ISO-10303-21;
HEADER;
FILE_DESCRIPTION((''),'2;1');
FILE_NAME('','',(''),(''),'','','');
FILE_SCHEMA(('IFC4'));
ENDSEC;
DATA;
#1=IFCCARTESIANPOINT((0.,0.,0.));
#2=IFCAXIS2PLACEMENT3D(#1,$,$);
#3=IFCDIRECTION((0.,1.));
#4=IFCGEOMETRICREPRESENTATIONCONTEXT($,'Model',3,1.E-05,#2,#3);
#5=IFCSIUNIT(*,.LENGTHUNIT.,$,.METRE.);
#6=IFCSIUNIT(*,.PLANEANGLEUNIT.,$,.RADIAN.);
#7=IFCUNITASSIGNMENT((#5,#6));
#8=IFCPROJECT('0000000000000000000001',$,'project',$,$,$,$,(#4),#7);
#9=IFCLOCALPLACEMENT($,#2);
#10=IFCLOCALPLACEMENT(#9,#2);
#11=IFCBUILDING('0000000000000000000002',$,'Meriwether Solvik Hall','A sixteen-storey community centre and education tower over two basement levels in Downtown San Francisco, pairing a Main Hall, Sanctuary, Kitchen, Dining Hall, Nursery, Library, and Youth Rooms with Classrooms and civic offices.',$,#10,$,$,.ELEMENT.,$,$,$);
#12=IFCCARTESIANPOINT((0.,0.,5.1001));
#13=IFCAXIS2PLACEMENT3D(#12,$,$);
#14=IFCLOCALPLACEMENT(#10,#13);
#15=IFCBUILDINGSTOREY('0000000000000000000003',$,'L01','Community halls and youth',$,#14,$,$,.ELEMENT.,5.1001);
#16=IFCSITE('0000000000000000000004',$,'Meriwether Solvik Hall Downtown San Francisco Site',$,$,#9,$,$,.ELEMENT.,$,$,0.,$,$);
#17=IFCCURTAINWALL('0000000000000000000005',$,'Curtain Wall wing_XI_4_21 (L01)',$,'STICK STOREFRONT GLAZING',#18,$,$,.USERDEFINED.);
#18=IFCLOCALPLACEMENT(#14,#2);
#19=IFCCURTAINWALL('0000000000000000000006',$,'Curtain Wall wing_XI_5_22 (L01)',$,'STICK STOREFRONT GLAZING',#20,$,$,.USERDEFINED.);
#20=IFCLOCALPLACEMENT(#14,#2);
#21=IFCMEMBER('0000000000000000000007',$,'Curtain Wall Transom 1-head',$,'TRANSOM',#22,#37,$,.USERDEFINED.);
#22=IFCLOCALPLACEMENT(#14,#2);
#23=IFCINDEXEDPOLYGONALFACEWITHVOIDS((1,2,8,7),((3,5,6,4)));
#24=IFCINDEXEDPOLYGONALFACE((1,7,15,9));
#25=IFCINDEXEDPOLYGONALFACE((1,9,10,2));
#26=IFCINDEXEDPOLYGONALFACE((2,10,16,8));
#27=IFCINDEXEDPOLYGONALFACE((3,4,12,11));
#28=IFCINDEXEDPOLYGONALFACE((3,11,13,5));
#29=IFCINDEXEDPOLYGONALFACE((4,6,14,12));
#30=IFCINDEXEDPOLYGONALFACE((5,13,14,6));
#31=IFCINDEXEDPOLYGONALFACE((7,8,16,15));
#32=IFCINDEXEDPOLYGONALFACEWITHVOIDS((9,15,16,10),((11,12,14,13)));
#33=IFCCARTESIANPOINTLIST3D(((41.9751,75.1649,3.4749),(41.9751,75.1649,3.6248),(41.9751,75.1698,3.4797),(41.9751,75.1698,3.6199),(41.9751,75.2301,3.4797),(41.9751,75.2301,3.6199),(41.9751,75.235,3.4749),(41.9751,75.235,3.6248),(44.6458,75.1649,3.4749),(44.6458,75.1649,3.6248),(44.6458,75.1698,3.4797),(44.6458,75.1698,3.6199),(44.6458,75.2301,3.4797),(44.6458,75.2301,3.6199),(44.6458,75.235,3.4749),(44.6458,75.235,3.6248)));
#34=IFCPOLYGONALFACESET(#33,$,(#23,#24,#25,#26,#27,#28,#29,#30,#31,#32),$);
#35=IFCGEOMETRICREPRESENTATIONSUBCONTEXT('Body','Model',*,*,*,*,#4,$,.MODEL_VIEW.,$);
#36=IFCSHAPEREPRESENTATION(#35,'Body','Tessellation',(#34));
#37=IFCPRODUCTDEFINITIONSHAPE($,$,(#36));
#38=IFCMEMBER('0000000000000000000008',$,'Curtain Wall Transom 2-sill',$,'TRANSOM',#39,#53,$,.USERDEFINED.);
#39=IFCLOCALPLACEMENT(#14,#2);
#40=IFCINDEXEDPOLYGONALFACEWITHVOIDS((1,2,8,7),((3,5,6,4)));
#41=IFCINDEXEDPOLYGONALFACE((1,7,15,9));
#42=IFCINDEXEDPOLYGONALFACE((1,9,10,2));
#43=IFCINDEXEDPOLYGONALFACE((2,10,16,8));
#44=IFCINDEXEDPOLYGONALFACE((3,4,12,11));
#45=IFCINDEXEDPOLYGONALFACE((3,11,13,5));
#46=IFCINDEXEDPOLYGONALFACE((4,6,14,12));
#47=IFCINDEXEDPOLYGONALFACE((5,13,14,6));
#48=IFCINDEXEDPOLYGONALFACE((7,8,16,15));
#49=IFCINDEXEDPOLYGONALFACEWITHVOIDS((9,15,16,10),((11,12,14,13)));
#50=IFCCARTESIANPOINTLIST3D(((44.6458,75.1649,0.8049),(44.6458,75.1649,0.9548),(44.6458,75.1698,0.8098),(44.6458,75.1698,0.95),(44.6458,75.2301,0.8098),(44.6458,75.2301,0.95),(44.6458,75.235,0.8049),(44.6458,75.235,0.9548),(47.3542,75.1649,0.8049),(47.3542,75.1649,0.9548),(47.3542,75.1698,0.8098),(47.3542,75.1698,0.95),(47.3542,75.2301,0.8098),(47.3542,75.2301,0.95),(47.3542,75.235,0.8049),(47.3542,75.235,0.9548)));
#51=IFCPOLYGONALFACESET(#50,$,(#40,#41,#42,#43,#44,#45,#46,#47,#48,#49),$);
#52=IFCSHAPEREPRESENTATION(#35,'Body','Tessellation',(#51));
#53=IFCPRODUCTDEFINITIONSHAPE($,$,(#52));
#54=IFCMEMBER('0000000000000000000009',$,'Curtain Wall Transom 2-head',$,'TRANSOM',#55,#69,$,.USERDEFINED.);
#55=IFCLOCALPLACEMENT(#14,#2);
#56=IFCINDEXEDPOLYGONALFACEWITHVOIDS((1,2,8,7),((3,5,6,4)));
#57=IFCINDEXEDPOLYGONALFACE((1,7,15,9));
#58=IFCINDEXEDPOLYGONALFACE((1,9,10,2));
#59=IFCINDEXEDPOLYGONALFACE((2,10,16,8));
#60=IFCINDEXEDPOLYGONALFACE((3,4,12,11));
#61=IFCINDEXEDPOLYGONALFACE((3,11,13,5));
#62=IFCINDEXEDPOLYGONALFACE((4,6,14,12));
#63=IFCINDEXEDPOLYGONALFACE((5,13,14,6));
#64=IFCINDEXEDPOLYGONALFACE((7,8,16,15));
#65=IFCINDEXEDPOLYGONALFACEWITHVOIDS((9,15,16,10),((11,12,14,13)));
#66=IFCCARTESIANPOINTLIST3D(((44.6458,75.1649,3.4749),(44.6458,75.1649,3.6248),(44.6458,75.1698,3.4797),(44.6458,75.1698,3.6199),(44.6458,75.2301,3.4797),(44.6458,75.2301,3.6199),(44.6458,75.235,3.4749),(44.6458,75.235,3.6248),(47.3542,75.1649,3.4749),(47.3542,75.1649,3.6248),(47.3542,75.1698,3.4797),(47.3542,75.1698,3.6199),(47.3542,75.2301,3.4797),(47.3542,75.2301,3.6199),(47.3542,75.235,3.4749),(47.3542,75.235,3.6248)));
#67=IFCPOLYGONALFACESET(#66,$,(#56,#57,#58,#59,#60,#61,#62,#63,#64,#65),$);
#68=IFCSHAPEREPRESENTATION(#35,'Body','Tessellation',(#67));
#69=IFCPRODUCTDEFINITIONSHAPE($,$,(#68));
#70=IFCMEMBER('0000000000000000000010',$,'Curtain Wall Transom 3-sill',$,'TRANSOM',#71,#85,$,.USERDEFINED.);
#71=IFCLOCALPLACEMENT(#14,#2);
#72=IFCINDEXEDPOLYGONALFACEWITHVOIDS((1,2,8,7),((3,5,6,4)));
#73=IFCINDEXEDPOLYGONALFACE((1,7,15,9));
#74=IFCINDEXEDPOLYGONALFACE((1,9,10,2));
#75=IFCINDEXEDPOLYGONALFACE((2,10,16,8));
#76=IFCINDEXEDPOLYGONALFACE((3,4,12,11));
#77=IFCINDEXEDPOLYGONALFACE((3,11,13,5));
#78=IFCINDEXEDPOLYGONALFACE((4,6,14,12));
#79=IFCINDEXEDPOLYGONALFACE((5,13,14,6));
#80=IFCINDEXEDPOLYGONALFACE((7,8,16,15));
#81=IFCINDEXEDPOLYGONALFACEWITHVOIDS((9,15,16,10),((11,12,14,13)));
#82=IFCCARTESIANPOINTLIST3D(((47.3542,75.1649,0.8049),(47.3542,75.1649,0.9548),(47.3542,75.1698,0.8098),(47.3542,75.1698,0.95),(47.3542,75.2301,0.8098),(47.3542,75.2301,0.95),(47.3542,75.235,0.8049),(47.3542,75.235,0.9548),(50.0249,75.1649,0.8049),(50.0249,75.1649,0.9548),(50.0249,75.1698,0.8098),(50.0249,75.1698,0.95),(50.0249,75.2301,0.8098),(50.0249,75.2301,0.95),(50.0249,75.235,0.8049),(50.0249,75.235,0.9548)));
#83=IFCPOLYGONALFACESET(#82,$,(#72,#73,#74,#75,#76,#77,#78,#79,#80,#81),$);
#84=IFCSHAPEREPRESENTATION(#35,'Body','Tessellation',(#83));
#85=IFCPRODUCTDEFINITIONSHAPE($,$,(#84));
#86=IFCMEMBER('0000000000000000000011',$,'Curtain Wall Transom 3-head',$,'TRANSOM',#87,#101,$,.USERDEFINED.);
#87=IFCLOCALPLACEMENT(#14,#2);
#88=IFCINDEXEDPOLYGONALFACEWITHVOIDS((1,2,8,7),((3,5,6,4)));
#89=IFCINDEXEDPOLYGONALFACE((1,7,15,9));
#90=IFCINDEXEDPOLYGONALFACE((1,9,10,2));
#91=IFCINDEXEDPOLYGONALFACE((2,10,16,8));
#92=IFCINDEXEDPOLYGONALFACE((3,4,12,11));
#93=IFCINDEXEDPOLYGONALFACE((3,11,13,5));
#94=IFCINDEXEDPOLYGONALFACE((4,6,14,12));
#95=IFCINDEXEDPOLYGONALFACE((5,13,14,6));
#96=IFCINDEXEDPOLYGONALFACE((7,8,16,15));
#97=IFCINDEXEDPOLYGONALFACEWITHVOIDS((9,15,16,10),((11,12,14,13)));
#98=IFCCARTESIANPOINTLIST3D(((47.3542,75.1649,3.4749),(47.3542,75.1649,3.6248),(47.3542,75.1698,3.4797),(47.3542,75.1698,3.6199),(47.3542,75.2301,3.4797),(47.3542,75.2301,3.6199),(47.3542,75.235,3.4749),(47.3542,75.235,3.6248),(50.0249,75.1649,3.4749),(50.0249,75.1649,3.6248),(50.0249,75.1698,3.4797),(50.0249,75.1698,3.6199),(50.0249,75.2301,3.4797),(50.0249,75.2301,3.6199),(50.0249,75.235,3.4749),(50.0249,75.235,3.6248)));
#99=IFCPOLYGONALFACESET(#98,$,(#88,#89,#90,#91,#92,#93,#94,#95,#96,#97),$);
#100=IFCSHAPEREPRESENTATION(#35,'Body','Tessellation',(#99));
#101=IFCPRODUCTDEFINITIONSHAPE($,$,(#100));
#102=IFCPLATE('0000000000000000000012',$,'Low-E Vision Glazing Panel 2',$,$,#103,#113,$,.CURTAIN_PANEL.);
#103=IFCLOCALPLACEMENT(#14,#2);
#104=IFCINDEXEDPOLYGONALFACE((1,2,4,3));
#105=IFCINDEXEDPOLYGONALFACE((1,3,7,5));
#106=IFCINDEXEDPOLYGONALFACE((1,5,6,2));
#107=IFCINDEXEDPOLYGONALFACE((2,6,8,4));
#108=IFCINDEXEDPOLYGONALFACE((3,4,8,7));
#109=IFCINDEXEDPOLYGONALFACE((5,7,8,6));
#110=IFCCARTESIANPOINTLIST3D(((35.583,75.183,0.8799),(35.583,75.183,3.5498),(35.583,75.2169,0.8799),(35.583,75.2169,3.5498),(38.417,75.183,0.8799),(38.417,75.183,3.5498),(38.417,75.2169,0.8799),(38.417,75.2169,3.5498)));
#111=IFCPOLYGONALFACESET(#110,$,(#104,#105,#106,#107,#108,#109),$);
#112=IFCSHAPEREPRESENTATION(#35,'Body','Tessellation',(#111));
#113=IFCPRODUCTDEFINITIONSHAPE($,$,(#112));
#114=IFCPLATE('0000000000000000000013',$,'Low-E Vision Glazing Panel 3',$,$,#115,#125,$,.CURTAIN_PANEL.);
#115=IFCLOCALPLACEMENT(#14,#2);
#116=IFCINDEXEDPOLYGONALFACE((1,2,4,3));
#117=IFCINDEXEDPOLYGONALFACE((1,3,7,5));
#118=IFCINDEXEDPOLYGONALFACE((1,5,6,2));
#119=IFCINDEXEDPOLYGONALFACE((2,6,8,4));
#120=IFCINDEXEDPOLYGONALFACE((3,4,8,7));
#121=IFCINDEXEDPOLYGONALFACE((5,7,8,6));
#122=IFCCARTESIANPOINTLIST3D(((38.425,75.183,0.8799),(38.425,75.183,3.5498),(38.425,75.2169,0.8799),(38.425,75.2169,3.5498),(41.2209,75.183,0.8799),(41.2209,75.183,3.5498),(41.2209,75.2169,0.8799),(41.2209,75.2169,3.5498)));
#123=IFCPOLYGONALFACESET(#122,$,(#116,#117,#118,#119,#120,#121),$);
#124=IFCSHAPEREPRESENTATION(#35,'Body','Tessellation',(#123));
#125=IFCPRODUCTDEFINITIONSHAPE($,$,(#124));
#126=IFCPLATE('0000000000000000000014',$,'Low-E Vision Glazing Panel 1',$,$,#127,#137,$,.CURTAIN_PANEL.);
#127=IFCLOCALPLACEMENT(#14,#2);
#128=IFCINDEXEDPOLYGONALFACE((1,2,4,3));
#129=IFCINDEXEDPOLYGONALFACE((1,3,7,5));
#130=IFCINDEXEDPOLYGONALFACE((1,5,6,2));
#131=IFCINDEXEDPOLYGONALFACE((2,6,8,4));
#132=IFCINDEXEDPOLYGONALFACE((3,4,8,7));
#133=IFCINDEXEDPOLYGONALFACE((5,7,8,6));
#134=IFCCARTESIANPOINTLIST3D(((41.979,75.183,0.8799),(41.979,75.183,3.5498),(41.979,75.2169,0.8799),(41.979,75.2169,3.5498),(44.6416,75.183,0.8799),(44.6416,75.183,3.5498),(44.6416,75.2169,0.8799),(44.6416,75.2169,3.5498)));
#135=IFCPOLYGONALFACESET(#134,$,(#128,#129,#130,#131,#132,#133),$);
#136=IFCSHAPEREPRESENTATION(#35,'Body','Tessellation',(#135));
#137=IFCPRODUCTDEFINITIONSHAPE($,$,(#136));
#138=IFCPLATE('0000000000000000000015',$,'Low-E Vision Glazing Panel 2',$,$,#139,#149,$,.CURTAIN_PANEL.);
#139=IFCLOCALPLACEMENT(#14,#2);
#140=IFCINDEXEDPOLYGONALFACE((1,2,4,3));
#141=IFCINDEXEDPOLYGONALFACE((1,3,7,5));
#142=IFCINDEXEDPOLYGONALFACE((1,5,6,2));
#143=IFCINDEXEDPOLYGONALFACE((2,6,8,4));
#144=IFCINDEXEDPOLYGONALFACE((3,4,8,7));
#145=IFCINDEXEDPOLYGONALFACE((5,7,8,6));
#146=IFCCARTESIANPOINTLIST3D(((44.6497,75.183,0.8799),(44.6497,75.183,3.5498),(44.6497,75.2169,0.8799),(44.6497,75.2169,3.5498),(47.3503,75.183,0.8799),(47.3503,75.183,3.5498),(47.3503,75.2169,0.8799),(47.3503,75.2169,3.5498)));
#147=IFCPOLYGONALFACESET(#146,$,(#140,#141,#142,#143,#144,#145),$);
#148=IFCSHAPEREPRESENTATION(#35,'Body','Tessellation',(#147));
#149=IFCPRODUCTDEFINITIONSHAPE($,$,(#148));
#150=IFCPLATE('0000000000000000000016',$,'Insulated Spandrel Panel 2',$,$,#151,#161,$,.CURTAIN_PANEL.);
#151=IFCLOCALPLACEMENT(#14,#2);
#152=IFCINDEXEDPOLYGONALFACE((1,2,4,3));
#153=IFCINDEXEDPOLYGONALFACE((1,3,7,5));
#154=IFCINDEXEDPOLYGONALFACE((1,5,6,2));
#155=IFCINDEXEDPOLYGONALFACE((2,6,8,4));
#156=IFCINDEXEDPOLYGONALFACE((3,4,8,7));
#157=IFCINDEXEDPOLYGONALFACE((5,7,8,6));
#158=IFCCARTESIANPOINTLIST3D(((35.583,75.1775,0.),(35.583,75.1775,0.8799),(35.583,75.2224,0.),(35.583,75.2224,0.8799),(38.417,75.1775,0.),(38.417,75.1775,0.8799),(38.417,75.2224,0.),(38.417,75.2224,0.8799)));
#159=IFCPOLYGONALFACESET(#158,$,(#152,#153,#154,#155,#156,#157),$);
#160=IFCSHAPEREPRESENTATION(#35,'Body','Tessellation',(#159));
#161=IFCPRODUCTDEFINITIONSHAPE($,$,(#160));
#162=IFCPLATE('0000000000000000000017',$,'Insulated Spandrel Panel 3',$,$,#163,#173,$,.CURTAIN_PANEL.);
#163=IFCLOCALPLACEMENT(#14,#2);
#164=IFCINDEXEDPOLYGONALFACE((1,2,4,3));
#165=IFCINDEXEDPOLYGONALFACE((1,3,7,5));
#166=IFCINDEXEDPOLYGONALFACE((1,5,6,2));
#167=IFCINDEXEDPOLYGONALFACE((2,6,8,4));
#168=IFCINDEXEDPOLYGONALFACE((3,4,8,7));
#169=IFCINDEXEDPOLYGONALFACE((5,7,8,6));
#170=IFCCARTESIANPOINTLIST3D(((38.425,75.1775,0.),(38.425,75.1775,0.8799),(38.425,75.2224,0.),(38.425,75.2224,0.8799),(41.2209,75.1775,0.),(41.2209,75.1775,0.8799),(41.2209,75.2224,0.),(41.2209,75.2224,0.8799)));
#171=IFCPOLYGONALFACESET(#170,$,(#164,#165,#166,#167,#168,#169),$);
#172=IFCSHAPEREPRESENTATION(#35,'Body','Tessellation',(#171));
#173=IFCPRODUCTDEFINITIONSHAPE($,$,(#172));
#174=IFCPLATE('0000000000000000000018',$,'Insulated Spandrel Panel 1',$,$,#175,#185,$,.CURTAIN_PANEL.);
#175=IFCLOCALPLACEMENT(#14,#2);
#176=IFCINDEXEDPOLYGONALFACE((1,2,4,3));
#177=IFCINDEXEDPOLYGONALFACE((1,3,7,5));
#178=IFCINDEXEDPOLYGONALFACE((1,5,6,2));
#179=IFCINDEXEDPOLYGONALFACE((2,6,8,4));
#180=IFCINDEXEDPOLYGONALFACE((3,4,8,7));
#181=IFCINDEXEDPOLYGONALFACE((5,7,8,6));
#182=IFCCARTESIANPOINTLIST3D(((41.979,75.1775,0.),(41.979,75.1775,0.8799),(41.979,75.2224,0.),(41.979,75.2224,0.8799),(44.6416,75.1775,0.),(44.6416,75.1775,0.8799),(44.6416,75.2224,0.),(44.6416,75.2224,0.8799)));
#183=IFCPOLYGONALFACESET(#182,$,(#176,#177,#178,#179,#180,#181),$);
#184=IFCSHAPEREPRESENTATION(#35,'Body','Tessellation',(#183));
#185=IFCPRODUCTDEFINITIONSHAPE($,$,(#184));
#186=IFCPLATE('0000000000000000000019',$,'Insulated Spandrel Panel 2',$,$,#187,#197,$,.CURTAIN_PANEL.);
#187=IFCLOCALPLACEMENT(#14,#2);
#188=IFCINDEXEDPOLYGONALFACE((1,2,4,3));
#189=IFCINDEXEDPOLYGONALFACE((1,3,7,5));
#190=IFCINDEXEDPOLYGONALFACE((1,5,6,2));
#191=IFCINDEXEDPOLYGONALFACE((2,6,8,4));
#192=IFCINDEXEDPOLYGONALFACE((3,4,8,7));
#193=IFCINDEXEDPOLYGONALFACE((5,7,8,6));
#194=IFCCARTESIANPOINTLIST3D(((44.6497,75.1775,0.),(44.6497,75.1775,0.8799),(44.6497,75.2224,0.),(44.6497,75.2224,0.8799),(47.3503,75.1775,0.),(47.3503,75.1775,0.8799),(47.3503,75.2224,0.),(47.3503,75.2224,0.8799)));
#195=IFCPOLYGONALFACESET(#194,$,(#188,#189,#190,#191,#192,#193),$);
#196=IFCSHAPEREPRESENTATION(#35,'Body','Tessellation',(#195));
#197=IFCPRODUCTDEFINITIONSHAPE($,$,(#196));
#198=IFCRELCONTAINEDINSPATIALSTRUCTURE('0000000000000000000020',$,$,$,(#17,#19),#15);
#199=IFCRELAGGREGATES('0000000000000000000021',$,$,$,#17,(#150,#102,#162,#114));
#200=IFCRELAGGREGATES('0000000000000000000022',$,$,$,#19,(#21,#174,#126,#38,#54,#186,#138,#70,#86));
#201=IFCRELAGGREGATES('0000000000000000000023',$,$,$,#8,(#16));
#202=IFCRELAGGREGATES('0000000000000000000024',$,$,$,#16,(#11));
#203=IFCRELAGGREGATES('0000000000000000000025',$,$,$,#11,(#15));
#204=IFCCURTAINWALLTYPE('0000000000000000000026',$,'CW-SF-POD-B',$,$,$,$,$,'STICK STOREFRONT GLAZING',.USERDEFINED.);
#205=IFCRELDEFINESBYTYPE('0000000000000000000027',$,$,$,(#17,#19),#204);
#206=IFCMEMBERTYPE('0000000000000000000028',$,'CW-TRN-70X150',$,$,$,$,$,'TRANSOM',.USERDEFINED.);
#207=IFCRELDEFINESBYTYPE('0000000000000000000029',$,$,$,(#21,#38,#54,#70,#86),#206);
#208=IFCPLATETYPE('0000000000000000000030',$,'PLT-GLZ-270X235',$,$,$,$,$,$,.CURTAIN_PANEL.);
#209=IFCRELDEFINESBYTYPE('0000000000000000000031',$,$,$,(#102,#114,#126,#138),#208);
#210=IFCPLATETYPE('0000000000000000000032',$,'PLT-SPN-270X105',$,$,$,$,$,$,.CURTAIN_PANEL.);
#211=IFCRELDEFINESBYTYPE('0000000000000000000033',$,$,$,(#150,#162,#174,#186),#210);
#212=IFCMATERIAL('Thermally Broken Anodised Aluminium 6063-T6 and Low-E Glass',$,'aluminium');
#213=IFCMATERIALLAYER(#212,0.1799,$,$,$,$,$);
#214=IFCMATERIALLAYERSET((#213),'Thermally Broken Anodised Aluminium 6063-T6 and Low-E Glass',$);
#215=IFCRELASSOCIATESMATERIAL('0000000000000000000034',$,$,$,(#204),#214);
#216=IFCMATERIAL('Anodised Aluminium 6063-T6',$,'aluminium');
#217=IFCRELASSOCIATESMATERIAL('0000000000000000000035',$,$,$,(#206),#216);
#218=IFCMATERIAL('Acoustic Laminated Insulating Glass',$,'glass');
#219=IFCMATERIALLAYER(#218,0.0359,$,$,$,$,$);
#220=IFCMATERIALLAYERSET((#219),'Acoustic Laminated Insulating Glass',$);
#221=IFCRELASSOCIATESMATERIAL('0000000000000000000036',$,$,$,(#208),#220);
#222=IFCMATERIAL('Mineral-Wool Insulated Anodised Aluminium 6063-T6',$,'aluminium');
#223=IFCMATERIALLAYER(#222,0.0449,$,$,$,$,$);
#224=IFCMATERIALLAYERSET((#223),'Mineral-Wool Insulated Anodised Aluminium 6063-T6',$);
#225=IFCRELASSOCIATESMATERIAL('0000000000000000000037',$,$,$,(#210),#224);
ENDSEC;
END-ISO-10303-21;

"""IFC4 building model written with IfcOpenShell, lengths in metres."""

from ifc_helpers import new_model, si_unit, direction, frame, origin, origin_2d, place, context, subcontext, project, spatial, rectangle, hollow_rectangle, extrude, material, layer, layer_set, material_profile, profile_set, type_object, element, aggregate, save


model = new_model("IFC4")

# Units and contexts
model_context = context("Model", 3, precision=1e-05, world=origin(), true_north=direction((0.0, 1.0)))
body_context = subcontext(model_context, "Body", "Model", "MODEL_VIEW")
ifc_project = project(units=[si_unit("LENGTHUNIT", "METRE"), si_unit("PLANEANGLEUNIT", "RADIAN")], contexts=[model_context])

# Site, building, storey
site_placement = place(None, origin())
site = spatial("IfcSite", under=ifc_project, at=site_placement, Name="Meriwether Solvik Hall Downtown San Francisco Site", CompositionType="ELEMENT", RefElevation=0.0)
building_placement = place(site_placement, origin())
building = spatial("IfcBuilding", under=site, at=building_placement, Name="Meriwether Solvik Hall", Description="A sixteen-storey community centre and education tower over two basement levels in Downtown San Francisco, pairing a Main Hall, Sanctuary, Kitchen, Dining Hall, Nursery, Library, and Youth Rooms with Classrooms and civic offices.", CompositionType="ELEMENT")
storey_placement = place(building_placement, frame((0.0, 0.0, 5.1001)))
storey = spatial("IfcBuildingStorey", under=building, at=storey_placement, Name="L01", Description="Community halls and youth", CompositionType="ELEMENT", Elevation=5.1001)

# Curtain walls
ifc_material_1 = material(Name="Thermally Broken Anodised Aluminium 6063-T6 and Low-E Glass", Category="aluminium")
ifc_layer_1 = layer(ifc_material_1, 0.1799)
ifc_layer_set_1 = layer_set([ifc_layer_1], Name="Thermally Broken Anodised Aluminium 6063-T6 and Low-E Glass")
curtain_wall_type = type_object("IfcCurtainWallType", Name="CW-SF-POD-B", ElementType="STICK STOREFRONT GLAZING", PredefinedType="USERDEFINED", material=ifc_layer_set_1)
curtain_wall_1_placement = place(storey_placement, origin())
curtain_wall_1 = element("IfcCurtainWall", 1, at=curtain_wall_1_placement, inside=storey, type_object=curtain_wall_type, Name="Curtain Wall wing_XI_4_21 (L01)", ObjectType="STICK STOREFRONT GLAZING", PredefinedType="USERDEFINED")
curtain_wall_2_placement = place(storey_placement, origin())
curtain_wall_2 = element("IfcCurtainWall", 2, at=curtain_wall_2_placement, inside=storey, type_object=curtain_wall_type, Name="Curtain Wall wing_XI_5_22 (L01)", ObjectType="STICK STOREFRONT GLAZING", PredefinedType="USERDEFINED")

# Members
ifc_material_2 = material(Name="Anodised Aluminium 6063-T6", Category="aluminium")
ifc_material_profile_1 = material_profile(ifc_material_2, hollow_rectangle(XDim=0.0701, YDim=0.1499, WallThickness=0.0049, at=origin_2d()), Name="CWT-70X150")
ifc_profile_set_1 = profile_set([ifc_material_profile_1], Name="Anodised Aluminium 6063-T6")
member_type_1 = type_object("IfcMemberType", Name="CW-TRN-70X150", ElementType="TRANSOM", PredefinedType="USERDEFINED", material=ifc_profile_set_1)
member_1_placement = place(storey_placement, frame((41.9751, 75.2, 3.5498), z_axis=(1.0, 0.0, 0.0), x_axis=(0.0, 1.0, 0.0)))
member_1 = element("IfcMember", 3, at=member_1_placement, type_object=member_type_1, Name="Curtain Wall Transom 1-head", ObjectType="TRANSOM", PredefinedType="USERDEFINED", context=body_context, shape_type="SweptSolid", body=[
    extrude(hollow_rectangle(XDim=0.0701, YDim=0.1499, WallThickness=0.0049, at=origin_2d()), origin(), (0.0, 0.0, 1.0), 2.6707),
])
member_2_placement = place(storey_placement, frame((44.6458, 75.2, 0.8799), z_axis=(1.0, 0.0, 0.0), x_axis=(0.0, 1.0, 0.0)))
member_2 = element("IfcMember", 4, at=member_2_placement, type_object=member_type_1, Name="Curtain Wall Transom 2-sill", ObjectType="TRANSOM", PredefinedType="USERDEFINED", context=body_context, shape_type="SweptSolid", body=[
    extrude(hollow_rectangle(XDim=0.0701, YDim=0.1499, WallThickness=0.0049, at=origin_2d()), origin(), (0.0, 0.0, 1.0), 2.7085),
])
member_3_placement = place(storey_placement, frame((44.6458, 75.2, 3.5498), z_axis=(1.0, 0.0, 0.0), x_axis=(0.0, 1.0, 0.0)))
member_3 = element("IfcMember", 5, at=member_3_placement, type_object=member_type_1, Name="Curtain Wall Transom 2-head", ObjectType="TRANSOM", PredefinedType="USERDEFINED", context=body_context, shape_type="SweptSolid", body=[
    extrude(hollow_rectangle(XDim=0.0701, YDim=0.1499, WallThickness=0.0049, at=origin_2d()), origin(), (0.0, 0.0, 1.0), 2.7085),
])
member_4_placement = place(storey_placement, frame((47.3542, 75.2, 0.8799), z_axis=(1.0, 0.0, 0.0), x_axis=(0.0, 1.0, 0.0)))
member_4 = element("IfcMember", 6, at=member_4_placement, type_object=member_type_1, Name="Curtain Wall Transom 3-sill", ObjectType="TRANSOM", PredefinedType="USERDEFINED", context=body_context, shape_type="SweptSolid", body=[
    extrude(hollow_rectangle(XDim=0.0701, YDim=0.1499, WallThickness=0.0049, at=origin_2d()), origin(), (0.0, 0.0, 1.0), 2.6707),
])
member_5_placement = place(storey_placement, frame((47.3542, 75.2, 3.5498), z_axis=(1.0, 0.0, 0.0), x_axis=(0.0, 1.0, 0.0)))
member_5 = element("IfcMember", 7, at=member_5_placement, type_object=member_type_1, Name="Curtain Wall Transom 3-head", ObjectType="TRANSOM", PredefinedType="USERDEFINED", context=body_context, shape_type="SweptSolid", body=[
    extrude(hollow_rectangle(XDim=0.0701, YDim=0.1499, WallThickness=0.0049, at=origin_2d()), origin(), (0.0, 0.0, 1.0), 2.6707),
])

# Plates
ifc_material_3 = material(Name="Acoustic Laminated Insulating Glass", Category="glass")
ifc_layer_2 = layer(ifc_material_3, 0.0359)
ifc_layer_set_2 = layer_set([ifc_layer_2], Name="Acoustic Laminated Insulating Glass")
plate_type_1 = type_object("IfcPlateType", Name="PLT-GLZ-270X235", PredefinedType="CURTAIN_PANEL", material=ifc_layer_set_2)
plate_1_placement = place(storey_placement, frame((37.0, 75.2, 0.8799), z_axis=(0.0, 0.0, 1.0), x_axis=(1.0, 0.0, 0.0)))
plate_1 = element("IfcPlate", 8, at=plate_1_placement, type_object=plate_type_1, Name="Low-E Vision Glazing Panel 2", PredefinedType="CURTAIN_PANEL", context=body_context, shape_type="SweptSolid", body=[
    extrude(rectangle(XDim=2.834, YDim=0.0339, at=origin_2d()), origin(), (0.0, 0.0, 1.0), 2.6699),
])
plate_2_placement = place(storey_placement, frame((39.823, 75.2, 0.8799), z_axis=(0.0, 0.0, 1.0), x_axis=(1.0, 0.0, 0.0)))
plate_2 = element("IfcPlate", 9, at=plate_2_placement, type_object=plate_type_1, Name="Low-E Vision Glazing Panel 3", PredefinedType="CURTAIN_PANEL", context=body_context, shape_type="SweptSolid", body=[
    extrude(rectangle(XDim=2.7959, YDim=0.0339, at=origin_2d()), origin(), (0.0, 0.0, 1.0), 2.6699),
])
plate_3_placement = place(storey_placement, frame((43.3103, 75.2, 0.8799), z_axis=(0.0, 0.0, 1.0), x_axis=(1.0, 0.0, 0.0)))
plate_3 = element("IfcPlate", 10, at=plate_3_placement, type_object=plate_type_1, Name="Low-E Vision Glazing Panel 1", PredefinedType="CURTAIN_PANEL", context=body_context, shape_type="SweptSolid", body=[
    extrude(rectangle(XDim=2.6626, YDim=0.0339, at=origin_2d()), origin(), (0.0, 0.0, 1.0), 2.6699),
])
plate_4_placement = place(storey_placement, frame((46.0, 75.2, 0.8799), z_axis=(0.0, 0.0, 1.0), x_axis=(1.0, 0.0, 0.0)))
plate_4 = element("IfcPlate", 11, at=plate_4_placement, type_object=plate_type_1, Name="Low-E Vision Glazing Panel 2", PredefinedType="CURTAIN_PANEL", context=body_context, shape_type="SweptSolid", body=[
    extrude(rectangle(XDim=2.7007, YDim=0.0339, at=origin_2d()), origin(), (0.0, 0.0, 1.0), 2.6699),
])
ifc_material_4 = material(Name="Mineral-Wool Insulated Anodised Aluminium 6063-T6", Category="aluminium")
ifc_layer_3 = layer(ifc_material_4, 0.0449)
ifc_layer_set_3 = layer_set([ifc_layer_3], Name="Mineral-Wool Insulated Anodised Aluminium 6063-T6")
plate_type_2 = type_object("IfcPlateType", Name="PLT-SPN-270X105", PredefinedType="CURTAIN_PANEL", material=ifc_layer_set_3)
plate_5_placement = place(storey_placement, frame((37.0, 75.2, 0.0), z_axis=(0.0, 0.0, 1.0), x_axis=(1.0, 0.0, 0.0)))
plate_5 = element("IfcPlate", 12, at=plate_5_placement, type_object=plate_type_2, Name="Insulated Spandrel Panel 2", PredefinedType="CURTAIN_PANEL", context=body_context, shape_type="SweptSolid", body=[
    extrude(rectangle(XDim=2.834, YDim=0.0449, at=origin_2d()), origin(), (0.0, 0.0, 1.0), 0.8799),
])
plate_6_placement = place(storey_placement, frame((39.823, 75.2, 0.0), z_axis=(0.0, 0.0, 1.0), x_axis=(1.0, 0.0, 0.0)))
plate_6 = element("IfcPlate", 13, at=plate_6_placement, type_object=plate_type_2, Name="Insulated Spandrel Panel 3", PredefinedType="CURTAIN_PANEL", context=body_context, shape_type="SweptSolid", body=[
    extrude(rectangle(XDim=2.7959, YDim=0.0449, at=origin_2d()), origin(), (0.0, 0.0, 1.0), 0.8799),
])
aggregate(curtain_wall_1, [plate_5, plate_1, plate_6, plate_2])
plate_7_placement = place(storey_placement, frame((43.3103, 75.2, 0.0), z_axis=(0.0, 0.0, 1.0), x_axis=(1.0, 0.0, 0.0)))
plate_7 = element("IfcPlate", 14, at=plate_7_placement, type_object=plate_type_2, Name="Insulated Spandrel Panel 1", PredefinedType="CURTAIN_PANEL", context=body_context, shape_type="SweptSolid", body=[
    extrude(rectangle(XDim=2.6626, YDim=0.0449, at=origin_2d()), origin(), (0.0, 0.0, 1.0), 0.8799),
])
plate_8_placement = place(storey_placement, frame((46.0, 75.2, 0.0), z_axis=(0.0, 0.0, 1.0), x_axis=(1.0, 0.0, 0.0)))
plate_8 = element("IfcPlate", 15, at=plate_8_placement, type_object=plate_type_2, Name="Insulated Spandrel Panel 2", PredefinedType="CURTAIN_PANEL", context=body_context, shape_type="SweptSolid", body=[
    extrude(rectangle(XDim=2.7007, YDim=0.0449, at=origin_2d()), origin(), (0.0, 0.0, 1.0), 0.8799),
])
aggregate(curtain_wall_2, [member_1, plate_7, plate_3, member_2, member_3, plate_8, plate_4, member_4, member_5])

save(model, "model.ifc")
